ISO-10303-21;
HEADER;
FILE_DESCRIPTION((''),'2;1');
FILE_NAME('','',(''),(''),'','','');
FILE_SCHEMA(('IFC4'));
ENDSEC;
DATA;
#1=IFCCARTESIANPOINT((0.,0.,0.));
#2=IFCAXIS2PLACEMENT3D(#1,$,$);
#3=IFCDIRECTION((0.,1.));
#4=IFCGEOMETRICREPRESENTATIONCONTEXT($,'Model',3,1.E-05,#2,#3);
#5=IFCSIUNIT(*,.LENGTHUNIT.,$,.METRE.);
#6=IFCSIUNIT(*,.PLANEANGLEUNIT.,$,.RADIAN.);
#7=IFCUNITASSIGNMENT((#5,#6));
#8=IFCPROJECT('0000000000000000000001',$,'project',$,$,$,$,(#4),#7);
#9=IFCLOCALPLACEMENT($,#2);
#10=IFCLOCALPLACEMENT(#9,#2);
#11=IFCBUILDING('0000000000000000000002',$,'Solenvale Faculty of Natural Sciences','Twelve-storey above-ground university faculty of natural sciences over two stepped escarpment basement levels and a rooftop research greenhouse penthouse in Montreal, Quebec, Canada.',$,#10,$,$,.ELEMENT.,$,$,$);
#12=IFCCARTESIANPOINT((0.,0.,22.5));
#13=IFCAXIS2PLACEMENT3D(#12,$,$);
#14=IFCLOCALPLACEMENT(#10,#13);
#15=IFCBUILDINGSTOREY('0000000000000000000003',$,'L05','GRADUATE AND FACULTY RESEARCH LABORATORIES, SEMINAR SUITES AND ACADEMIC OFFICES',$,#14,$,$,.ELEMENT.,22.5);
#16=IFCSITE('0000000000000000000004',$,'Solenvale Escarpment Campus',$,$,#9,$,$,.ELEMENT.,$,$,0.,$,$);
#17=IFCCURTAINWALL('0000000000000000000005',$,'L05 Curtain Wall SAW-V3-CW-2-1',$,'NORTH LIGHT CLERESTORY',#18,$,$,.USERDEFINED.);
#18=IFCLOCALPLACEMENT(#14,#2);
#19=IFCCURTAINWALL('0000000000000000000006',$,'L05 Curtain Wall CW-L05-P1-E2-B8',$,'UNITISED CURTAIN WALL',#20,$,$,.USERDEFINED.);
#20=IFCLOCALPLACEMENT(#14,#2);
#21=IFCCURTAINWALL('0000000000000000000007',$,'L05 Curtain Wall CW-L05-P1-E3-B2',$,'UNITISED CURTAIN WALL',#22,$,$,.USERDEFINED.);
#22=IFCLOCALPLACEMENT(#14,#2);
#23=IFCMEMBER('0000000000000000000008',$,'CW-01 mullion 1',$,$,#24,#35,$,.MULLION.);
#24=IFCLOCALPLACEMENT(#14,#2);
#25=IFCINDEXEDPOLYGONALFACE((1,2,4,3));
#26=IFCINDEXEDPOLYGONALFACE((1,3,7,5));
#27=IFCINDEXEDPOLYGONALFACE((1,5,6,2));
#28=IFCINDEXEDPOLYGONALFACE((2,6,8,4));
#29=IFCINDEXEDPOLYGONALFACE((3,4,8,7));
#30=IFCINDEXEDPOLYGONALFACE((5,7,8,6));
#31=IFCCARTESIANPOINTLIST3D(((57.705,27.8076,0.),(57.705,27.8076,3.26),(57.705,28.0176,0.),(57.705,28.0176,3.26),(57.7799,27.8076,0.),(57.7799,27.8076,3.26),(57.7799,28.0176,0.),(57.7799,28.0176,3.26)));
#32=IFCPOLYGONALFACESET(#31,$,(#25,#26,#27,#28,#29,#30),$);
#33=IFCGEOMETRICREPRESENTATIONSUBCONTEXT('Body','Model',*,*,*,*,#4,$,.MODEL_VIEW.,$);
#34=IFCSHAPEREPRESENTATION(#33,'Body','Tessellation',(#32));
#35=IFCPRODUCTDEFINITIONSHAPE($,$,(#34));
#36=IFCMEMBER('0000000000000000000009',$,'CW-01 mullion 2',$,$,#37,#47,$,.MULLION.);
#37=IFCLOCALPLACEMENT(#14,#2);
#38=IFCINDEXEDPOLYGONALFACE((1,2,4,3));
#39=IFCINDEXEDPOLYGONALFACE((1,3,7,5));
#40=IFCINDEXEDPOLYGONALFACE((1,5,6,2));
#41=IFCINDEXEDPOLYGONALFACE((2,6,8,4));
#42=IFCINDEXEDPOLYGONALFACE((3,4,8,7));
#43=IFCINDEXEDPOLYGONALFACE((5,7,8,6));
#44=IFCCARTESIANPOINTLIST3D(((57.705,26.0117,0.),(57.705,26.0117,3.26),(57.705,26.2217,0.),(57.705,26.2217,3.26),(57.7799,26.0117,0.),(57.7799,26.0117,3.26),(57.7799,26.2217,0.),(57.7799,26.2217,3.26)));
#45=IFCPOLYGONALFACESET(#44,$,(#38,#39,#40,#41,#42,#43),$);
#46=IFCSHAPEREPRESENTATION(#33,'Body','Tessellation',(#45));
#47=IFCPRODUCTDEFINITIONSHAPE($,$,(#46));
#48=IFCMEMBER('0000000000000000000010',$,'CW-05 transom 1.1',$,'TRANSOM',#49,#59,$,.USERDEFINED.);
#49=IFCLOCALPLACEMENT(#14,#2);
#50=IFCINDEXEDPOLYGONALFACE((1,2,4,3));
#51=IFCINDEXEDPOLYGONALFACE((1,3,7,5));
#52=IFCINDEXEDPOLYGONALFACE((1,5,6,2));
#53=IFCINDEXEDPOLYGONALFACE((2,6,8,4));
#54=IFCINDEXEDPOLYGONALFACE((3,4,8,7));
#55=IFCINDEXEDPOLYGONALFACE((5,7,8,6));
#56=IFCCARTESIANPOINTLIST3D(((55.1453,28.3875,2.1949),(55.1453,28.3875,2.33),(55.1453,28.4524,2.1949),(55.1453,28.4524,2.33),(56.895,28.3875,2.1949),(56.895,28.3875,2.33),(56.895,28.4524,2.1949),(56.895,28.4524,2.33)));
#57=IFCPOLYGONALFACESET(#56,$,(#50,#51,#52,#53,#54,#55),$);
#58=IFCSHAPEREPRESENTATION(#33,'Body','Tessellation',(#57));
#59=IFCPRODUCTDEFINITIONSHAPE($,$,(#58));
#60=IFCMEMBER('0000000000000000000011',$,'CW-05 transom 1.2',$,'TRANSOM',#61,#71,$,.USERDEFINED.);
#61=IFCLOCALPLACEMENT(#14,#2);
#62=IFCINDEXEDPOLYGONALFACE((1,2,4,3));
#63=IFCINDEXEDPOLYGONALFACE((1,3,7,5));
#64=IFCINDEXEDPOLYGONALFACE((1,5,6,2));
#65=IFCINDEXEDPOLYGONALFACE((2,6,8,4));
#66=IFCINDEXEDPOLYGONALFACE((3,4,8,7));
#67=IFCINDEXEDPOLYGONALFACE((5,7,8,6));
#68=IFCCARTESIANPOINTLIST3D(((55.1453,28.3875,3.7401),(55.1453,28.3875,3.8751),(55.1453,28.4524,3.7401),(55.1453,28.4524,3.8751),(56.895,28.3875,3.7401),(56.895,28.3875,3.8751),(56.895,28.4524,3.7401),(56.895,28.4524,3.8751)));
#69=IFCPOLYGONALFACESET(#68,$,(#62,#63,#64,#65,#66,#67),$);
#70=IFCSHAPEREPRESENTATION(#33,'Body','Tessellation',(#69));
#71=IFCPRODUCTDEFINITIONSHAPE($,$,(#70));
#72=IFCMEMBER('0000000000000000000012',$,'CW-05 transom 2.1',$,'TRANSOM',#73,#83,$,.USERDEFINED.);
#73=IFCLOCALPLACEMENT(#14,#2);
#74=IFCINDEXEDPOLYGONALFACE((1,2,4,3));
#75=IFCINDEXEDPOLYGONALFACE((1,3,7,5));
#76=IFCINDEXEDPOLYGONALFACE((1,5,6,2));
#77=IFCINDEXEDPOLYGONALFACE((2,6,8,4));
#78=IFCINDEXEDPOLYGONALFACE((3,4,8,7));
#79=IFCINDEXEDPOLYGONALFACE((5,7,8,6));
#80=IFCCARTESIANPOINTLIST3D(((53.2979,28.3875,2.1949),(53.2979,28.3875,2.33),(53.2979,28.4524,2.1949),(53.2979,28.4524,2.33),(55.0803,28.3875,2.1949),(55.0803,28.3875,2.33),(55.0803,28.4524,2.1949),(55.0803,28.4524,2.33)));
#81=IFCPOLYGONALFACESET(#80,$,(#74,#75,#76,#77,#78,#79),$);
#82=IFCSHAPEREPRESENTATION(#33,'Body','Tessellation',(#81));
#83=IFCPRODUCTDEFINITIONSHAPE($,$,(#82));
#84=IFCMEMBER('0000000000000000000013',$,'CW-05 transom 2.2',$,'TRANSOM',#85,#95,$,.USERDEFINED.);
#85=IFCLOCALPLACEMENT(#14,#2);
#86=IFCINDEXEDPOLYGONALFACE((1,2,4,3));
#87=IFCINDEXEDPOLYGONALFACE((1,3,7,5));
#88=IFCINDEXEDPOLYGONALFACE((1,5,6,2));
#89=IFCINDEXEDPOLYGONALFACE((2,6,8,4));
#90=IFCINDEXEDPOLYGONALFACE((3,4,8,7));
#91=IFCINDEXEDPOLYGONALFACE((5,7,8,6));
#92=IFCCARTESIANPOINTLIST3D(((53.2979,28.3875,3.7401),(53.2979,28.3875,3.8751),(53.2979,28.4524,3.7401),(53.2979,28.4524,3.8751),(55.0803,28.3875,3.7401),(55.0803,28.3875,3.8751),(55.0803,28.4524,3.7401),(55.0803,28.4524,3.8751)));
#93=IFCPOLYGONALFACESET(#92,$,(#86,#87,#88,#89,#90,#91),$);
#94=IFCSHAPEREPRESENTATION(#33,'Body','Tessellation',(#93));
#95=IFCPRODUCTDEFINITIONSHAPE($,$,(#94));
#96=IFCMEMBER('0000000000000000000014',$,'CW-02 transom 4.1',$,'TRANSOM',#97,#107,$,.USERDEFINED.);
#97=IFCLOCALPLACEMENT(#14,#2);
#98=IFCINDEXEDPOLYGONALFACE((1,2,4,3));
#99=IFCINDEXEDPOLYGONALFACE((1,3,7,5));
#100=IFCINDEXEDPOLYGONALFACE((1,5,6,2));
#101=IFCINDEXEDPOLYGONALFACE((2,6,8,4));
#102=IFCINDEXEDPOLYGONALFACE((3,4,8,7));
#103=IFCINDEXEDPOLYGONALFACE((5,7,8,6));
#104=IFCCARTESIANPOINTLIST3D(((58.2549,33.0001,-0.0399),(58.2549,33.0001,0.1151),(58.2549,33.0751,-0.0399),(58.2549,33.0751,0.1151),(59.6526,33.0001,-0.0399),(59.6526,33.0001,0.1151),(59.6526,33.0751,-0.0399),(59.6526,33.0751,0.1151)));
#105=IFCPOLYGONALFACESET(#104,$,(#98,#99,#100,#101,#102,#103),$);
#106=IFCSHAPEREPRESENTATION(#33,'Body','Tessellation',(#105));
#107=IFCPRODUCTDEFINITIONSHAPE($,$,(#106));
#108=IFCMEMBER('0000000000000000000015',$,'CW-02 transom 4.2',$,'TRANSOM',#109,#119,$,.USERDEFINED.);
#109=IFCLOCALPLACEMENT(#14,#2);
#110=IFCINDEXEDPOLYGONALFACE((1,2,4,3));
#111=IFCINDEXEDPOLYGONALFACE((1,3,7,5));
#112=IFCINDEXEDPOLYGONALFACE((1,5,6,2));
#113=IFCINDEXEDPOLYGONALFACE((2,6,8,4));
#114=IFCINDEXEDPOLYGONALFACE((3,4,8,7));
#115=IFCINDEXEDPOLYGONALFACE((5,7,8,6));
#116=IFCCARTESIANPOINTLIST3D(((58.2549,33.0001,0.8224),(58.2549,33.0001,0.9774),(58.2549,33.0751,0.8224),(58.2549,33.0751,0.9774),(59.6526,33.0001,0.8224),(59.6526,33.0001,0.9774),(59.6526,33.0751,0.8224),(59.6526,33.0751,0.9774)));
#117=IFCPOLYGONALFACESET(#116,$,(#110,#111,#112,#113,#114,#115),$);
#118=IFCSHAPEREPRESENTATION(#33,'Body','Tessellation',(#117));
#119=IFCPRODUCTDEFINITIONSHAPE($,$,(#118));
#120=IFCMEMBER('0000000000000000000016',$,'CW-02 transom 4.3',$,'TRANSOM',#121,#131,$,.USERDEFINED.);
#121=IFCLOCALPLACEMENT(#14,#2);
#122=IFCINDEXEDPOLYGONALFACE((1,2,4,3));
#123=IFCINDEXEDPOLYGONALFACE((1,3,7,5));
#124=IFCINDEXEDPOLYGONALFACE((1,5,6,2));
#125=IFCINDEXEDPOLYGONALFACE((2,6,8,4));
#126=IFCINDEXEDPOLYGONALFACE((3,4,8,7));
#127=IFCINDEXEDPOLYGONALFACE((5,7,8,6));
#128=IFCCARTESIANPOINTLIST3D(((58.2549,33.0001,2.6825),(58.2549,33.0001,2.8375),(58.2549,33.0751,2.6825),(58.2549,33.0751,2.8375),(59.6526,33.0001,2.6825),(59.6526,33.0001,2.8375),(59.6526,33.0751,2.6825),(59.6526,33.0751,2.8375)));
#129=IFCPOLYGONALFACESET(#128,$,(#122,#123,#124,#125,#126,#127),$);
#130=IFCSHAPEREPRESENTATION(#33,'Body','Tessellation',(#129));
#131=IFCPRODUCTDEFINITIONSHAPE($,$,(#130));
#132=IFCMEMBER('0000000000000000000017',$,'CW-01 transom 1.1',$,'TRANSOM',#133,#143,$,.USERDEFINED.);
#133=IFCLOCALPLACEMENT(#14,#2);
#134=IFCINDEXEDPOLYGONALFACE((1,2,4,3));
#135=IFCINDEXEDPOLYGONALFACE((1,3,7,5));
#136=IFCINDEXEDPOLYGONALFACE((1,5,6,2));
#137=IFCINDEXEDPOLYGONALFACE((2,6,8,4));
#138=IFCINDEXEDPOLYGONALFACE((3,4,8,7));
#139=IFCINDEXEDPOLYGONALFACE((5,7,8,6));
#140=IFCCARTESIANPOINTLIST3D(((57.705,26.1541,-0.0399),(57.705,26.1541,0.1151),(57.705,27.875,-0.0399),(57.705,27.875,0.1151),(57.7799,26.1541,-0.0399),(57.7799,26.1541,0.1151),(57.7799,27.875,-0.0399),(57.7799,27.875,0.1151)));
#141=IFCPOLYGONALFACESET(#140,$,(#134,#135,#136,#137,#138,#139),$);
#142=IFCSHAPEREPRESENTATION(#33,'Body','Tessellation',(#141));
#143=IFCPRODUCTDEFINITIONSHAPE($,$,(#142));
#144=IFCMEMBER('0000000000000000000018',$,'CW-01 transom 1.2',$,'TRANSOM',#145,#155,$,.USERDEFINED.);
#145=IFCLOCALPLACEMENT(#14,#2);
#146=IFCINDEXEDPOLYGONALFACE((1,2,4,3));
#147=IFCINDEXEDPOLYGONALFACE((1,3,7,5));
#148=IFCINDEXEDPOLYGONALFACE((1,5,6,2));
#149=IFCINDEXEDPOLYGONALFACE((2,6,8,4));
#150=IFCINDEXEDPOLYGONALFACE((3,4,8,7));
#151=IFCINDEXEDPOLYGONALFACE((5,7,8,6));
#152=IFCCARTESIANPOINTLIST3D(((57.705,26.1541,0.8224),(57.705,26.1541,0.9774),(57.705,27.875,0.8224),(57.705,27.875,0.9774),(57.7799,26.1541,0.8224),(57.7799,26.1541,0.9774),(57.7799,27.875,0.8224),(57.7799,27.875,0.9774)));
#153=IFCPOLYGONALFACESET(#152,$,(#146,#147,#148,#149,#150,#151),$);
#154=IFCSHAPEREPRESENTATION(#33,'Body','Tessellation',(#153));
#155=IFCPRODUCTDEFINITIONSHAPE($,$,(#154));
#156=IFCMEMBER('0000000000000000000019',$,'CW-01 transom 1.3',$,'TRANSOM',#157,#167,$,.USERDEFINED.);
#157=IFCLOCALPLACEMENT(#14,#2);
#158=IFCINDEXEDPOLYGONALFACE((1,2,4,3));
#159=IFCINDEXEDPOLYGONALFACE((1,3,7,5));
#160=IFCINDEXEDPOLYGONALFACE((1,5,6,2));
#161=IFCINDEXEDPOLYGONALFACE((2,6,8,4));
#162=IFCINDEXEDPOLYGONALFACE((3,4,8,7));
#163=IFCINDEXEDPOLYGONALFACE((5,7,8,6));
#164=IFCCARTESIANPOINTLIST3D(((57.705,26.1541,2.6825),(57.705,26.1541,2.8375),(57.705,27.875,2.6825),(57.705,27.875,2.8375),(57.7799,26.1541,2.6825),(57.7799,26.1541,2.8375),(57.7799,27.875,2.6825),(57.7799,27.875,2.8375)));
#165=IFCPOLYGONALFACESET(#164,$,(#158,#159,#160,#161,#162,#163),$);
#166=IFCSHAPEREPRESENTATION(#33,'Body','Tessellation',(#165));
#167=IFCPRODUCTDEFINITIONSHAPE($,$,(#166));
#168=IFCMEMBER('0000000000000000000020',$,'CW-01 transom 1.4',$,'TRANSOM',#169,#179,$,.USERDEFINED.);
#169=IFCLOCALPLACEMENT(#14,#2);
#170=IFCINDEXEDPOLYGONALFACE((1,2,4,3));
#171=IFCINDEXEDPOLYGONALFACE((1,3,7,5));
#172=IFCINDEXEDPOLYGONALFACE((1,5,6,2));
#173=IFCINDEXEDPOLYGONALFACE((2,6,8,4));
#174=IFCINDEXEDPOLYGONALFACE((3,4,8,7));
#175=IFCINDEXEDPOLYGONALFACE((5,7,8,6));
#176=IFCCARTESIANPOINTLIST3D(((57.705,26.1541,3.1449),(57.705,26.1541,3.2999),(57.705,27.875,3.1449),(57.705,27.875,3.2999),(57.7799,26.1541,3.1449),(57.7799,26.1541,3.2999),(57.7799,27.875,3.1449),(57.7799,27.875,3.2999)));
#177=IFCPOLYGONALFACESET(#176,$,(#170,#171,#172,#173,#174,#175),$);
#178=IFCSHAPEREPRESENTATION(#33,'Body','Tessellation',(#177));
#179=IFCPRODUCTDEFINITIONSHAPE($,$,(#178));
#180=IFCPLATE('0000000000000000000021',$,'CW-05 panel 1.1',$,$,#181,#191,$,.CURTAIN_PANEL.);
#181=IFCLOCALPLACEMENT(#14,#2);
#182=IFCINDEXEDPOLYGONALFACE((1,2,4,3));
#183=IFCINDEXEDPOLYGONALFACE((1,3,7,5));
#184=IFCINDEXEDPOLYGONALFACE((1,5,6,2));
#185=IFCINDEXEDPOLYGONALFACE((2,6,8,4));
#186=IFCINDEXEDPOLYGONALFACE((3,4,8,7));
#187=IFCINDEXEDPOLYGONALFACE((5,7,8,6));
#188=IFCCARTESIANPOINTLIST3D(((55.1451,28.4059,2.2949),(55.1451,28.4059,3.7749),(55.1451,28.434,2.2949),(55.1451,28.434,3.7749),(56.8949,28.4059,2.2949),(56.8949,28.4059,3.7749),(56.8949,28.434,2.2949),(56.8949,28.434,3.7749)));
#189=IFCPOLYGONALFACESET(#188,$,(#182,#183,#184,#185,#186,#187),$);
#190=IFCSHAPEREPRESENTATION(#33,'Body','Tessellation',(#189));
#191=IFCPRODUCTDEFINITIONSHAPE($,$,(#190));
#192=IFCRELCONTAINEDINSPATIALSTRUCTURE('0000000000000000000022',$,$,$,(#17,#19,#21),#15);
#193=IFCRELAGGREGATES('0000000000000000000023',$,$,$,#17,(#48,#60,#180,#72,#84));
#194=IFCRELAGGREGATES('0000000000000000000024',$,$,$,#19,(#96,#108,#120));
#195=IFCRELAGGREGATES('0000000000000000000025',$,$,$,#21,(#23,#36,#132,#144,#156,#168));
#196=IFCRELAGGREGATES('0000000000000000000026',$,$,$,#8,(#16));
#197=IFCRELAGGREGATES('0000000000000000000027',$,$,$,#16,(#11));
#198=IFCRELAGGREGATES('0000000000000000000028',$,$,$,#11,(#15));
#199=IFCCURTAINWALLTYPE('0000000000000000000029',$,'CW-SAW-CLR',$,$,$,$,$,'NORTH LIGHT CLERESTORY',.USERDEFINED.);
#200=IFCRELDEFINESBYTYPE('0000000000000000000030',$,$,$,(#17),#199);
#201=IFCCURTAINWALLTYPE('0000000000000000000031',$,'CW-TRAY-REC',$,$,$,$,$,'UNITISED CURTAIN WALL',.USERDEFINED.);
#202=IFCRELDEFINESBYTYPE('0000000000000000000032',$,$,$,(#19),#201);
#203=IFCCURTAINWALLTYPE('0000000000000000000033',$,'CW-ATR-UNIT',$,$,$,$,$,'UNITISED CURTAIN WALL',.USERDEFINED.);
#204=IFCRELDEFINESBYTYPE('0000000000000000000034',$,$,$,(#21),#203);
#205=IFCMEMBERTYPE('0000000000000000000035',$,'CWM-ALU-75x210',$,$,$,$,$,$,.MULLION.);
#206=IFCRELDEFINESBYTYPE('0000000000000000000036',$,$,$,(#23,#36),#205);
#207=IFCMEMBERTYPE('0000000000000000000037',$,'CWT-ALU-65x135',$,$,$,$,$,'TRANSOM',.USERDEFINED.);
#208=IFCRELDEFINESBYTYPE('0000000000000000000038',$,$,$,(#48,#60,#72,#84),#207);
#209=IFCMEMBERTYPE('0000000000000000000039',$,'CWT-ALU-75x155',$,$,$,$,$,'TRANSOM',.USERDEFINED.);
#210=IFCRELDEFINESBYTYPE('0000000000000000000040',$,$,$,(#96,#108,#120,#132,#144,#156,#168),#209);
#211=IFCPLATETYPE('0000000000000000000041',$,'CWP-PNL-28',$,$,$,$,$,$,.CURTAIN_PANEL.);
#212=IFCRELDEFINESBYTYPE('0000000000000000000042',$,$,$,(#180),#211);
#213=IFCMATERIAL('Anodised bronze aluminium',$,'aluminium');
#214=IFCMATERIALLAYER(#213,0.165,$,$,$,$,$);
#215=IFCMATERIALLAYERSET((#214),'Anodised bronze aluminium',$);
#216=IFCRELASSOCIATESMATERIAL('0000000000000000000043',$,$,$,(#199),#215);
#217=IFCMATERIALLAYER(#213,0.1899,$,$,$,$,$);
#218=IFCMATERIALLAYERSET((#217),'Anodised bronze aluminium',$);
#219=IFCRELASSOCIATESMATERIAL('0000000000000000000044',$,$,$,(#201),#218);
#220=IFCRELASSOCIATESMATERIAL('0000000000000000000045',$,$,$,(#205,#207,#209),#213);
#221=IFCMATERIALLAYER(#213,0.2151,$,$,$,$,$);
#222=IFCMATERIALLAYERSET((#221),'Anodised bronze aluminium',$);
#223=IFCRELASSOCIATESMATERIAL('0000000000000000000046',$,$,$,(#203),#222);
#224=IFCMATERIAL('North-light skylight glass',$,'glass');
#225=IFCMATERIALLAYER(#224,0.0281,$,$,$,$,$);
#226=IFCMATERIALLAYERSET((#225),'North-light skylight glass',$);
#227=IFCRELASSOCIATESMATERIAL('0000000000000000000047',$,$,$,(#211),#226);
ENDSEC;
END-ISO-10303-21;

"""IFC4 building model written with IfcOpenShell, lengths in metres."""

from ifc_helpers import new_model, si_unit, direction, frame, origin, origin_2d, place, context, subcontext, project, spatial, rectangle, extrude, material, layer, layer_set, material_profile, profile_set, type_object, element, aggregate, save


model = new_model("IFC4")

# Units and contexts
model_context = context("Model", 3, precision=1e-05, world=origin(), true_north=direction((0.0, 1.0)))
body_context = subcontext(model_context, "Body", "Model", "MODEL_VIEW")
ifc_project = project(units=[si_unit("LENGTHUNIT", "METRE"), si_unit("PLANEANGLEUNIT", "RADIAN")], contexts=[model_context])

# Site, building, storey
site_placement = place(None, origin())
site = spatial("IfcSite", under=ifc_project, at=site_placement, Name="Solenvale Escarpment Campus", CompositionType="ELEMENT", RefElevation=0.0)
building_placement = place(site_placement, origin())
building = spatial("IfcBuilding", under=site, at=building_placement, Name="Solenvale Faculty of Natural Sciences", Description="Twelve-storey above-ground university faculty of natural sciences over two stepped escarpment basement levels and a rooftop research greenhouse penthouse in Montreal, Quebec, Canada.", CompositionType="ELEMENT")
storey_placement = place(building_placement, frame((0.0, 0.0, 22.5)))
storey = spatial("IfcBuildingStorey", under=building, at=storey_placement, Name="L05", Description="GRADUATE AND FACULTY RESEARCH LABORATORIES, SEMINAR SUITES AND ACADEMIC OFFICES", CompositionType="ELEMENT", Elevation=22.5)

# Curtain wall
ifc_material_1 = material(Name="Anodised bronze aluminium", Category="aluminium")
ifc_layer_1 = layer(ifc_material_1, 0.165)
ifc_layer_set_1 = layer_set([ifc_layer_1], Name="Anodised bronze aluminium")
curtain_wall_type_1 = type_object("IfcCurtainWallType", Name="CW-SAW-CLR", ElementType="NORTH LIGHT CLERESTORY", PredefinedType="USERDEFINED", material=ifc_layer_set_1)
curtain_wall_1_placement = place(storey_placement, origin())
curtain_wall_1 = element("IfcCurtainWall", 1, at=curtain_wall_1_placement, inside=storey, type_object=curtain_wall_type_1, Name="L05 Curtain Wall SAW-V3-CW-2-1", ObjectType="NORTH LIGHT CLERESTORY", PredefinedType="USERDEFINED")

# Curtain wall
ifc_layer_2 = layer(ifc_material_1, 0.1899)
ifc_layer_set_2 = layer_set([ifc_layer_2], Name="Anodised bronze aluminium")
curtain_wall_type_2 = type_object("IfcCurtainWallType", Name="CW-TRAY-REC", ElementType="UNITISED CURTAIN WALL", PredefinedType="USERDEFINED", material=ifc_layer_set_2)
curtain_wall_2_placement = place(storey_placement, origin())
curtain_wall_2 = element("IfcCurtainWall", 2, at=curtain_wall_2_placement, inside=storey, type_object=curtain_wall_type_2, Name="L05 Curtain Wall CW-L05-P1-E2-B8", ObjectType="UNITISED CURTAIN WALL", PredefinedType="USERDEFINED")
ifc_material_profile_1 = material_profile(ifc_material_1, rectangle(XDim=0.075, YDim=0.21, at=origin_2d()), Name="ALU-MUL-75x210")
ifc_profile_set_1 = profile_set([ifc_material_profile_1], Name="Anodised bronze aluminium")
member_type_1 = type_object("IfcMemberType", Name="CWM-ALU-75x210", PredefinedType="MULLION", material=ifc_profile_set_1)

# Curtain wall, members
ifc_layer_3 = layer(ifc_material_1, 0.2151)
ifc_layer_set_3 = layer_set([ifc_layer_3], Name="Anodised bronze aluminium")
curtain_wall_type_3 = type_object("IfcCurtainWallType", Name="CW-ATR-UNIT", ElementType="UNITISED CURTAIN WALL", PredefinedType="USERDEFINED", material=ifc_layer_set_3)
curtain_wall_3_placement = place(storey_placement, origin())
curtain_wall_3 = element("IfcCurtainWall", 3, at=curtain_wall_3_placement, inside=storey, type_object=curtain_wall_type_3, Name="L05 Curtain Wall CW-L05-P1-E3-B2", ObjectType="UNITISED CURTAIN WALL", PredefinedType="USERDEFINED")
member_1_placement = place(storey_placement, frame((57.7424, 27.9126, 0.0), z_axis=(0.0, 0.0, 1.0), x_axis=(1.0, 0.0, 0.0)))
member_1 = element("IfcMember", 4, at=member_1_placement, type_object=member_type_1, Name="CW-01 mullion 1", PredefinedType="MULLION", context=body_context, shape_type="SweptSolid", body=[
    extrude(rectangle(XDim=0.075, YDim=0.21, at=origin_2d()), origin(), (0.0, 0.0, 1.0), 3.26),
])
member_2_placement = place(storey_placement, frame((57.7424, 26.1167, 0.0), z_axis=(0.0, 0.0, 1.0), x_axis=(1.0, 0.0, 0.0)))
member_2 = element("IfcMember", 5, at=member_2_placement, type_object=member_type_1, Name="CW-01 mullion 2", PredefinedType="MULLION", context=body_context, shape_type="SweptSolid", body=[
    extrude(rectangle(XDim=0.075, YDim=0.21, at=origin_2d()), origin(), (0.0, 0.0, 1.0), 3.26),
])

# Members
ifc_material_profile_2 = material_profile(ifc_material_1, rectangle(XDim=0.0649, YDim=0.135, at=origin_2d()), Name="ALU-TRN-65x135")
ifc_profile_set_2 = profile_set([ifc_material_profile_2], Name="Anodised bronze aluminium")
member_type_2 = type_object("IfcMemberType", Name="CWT-ALU-65x135", ElementType="TRANSOM", PredefinedType="USERDEFINED", material=ifc_profile_set_2)
member_3_placement = place(storey_placement, frame((56.895, 28.4199, 2.2625), z_axis=(-1.0, 0.0, 0.0), x_axis=(0.0, -1.0, 0.0)))
member_3 = element("IfcMember", 6, at=member_3_placement, type_object=member_type_2, Name="CW-05 transom 1.1", ObjectType="TRANSOM", PredefinedType="USERDEFINED", context=body_context, shape_type="SweptSolid", body=[
    extrude(rectangle(XDim=0.0649, YDim=0.135, at=origin_2d()), origin(), (0.0, 0.0, 1.0), 1.7498),
])
member_4_placement = place(storey_placement, frame((56.895, 28.4199, 3.8076), z_axis=(-1.0, 0.0, 0.0), x_axis=(0.0, -1.0, 0.0)))
member_4 = element("IfcMember", 7, at=member_4_placement, type_object=member_type_2, Name="CW-05 transom 1.2", ObjectType="TRANSOM", PredefinedType="USERDEFINED", context=body_context, shape_type="SweptSolid", body=[
    extrude(rectangle(XDim=0.0649, YDim=0.135, at=origin_2d()), origin(), (0.0, 0.0, 1.0), 1.7498),
])
member_5_placement = place(storey_placement, frame((55.0803, 28.4199, 2.2625), z_axis=(-1.0, 0.0, 0.0), x_axis=(0.0, -1.0, 0.0)))
member_5 = element("IfcMember", 8, at=member_5_placement, type_object=member_type_2, Name="CW-05 transom 2.1", ObjectType="TRANSOM", PredefinedType="USERDEFINED", context=body_context, shape_type="SweptSolid", body=[
    extrude(rectangle(XDim=0.0649, YDim=0.135, at=origin_2d()), origin(), (0.0, 0.0, 1.0), 1.7825),
])
member_6_placement = place(storey_placement, frame((55.0803, 28.4199, 3.8076), z_axis=(-1.0, 0.0, 0.0), x_axis=(0.0, -1.0, 0.0)))
member_6 = element("IfcMember", 9, at=member_6_placement, type_object=member_type_2, Name="CW-05 transom 2.2", ObjectType="TRANSOM", PredefinedType="USERDEFINED", context=body_context, shape_type="SweptSolid", body=[
    extrude(rectangle(XDim=0.0649, YDim=0.135, at=origin_2d()), origin(), (0.0, 0.0, 1.0), 1.7825),
])
ifc_material_profile_3 = material_profile(ifc_material_1, rectangle(XDim=0.075, YDim=0.155, at=origin_2d()), Name="ALU-TRN-75x155")
ifc_profile_set_3 = profile_set([ifc_material_profile_3], Name="Anodised bronze aluminium")
member_type_3 = type_object("IfcMemberType", Name="CWT-ALU-75x155", ElementType="TRANSOM", PredefinedType="USERDEFINED", material=ifc_profile_set_3)
member_7_placement = place(storey_placement, frame((59.6526, 33.0376, 0.0376), z_axis=(-1.0, 0.0, 0.0), x_axis=(0.0, -1.0, 0.0)))
member_7 = element("IfcMember", 10, at=member_7_placement, type_object=member_type_3, Name="CW-02 transom 4.1", ObjectType="TRANSOM", PredefinedType="USERDEFINED", context=body_context, shape_type="SweptSolid", body=[
    extrude(rectangle(XDim=0.075, YDim=0.155, at=origin_2d()), origin(), (0.0, 0.0, 1.0), 1.3977),
])
member_8_placement = place(storey_placement, frame((59.6526, 33.0376, 0.8999), z_axis=(-1.0, 0.0, 0.0), x_axis=(0.0, -1.0, 0.0)))
member_8 = element("IfcMember", 11, at=member_8_placement, type_object=member_type_3, Name="CW-02 transom 4.2", ObjectType="TRANSOM", PredefinedType="USERDEFINED", context=body_context, shape_type="SweptSolid", body=[
    extrude(rectangle(XDim=0.075, YDim=0.155, at=origin_2d()), origin(), (0.0, 0.0, 1.0), 1.3977),
])
member_9_placement = place(storey_placement, frame((59.6526, 33.0376, 2.76), z_axis=(-1.0, 0.0, 0.0), x_axis=(0.0, -1.0, 0.0)))
member_9 = element("IfcMember", 12, at=member_9_placement, type_object=member_type_3, Name="CW-02 transom 4.3", ObjectType="TRANSOM", PredefinedType="USERDEFINED", context=body_context, shape_type="SweptSolid", body=[
    extrude(rectangle(XDim=0.075, YDim=0.155, at=origin_2d()), origin(), (0.0, 0.0, 1.0), 1.3977),
])
member_10_placement = place(storey_placement, frame((57.7424, 27.875, 0.0376), z_axis=(0.0, -1.0, 0.0), x_axis=(1.0, 0.0, 0.0)))
member_10 = element("IfcMember", 13, at=member_10_placement, type_object=member_type_3, Name="CW-01 transom 1.1", ObjectType="TRANSOM", PredefinedType="USERDEFINED", context=body_context, shape_type="SweptSolid", body=[
    extrude(rectangle(XDim=0.075, YDim=0.155, at=origin_2d()), origin(), (0.0, 0.0, 1.0), 1.7209),
])
member_11_placement = place(storey_placement, frame((57.7424, 27.875, 0.8999), z_axis=(0.0, -1.0, 0.0), x_axis=(1.0, 0.0, 0.0)))
member_11 = element("IfcMember", 14, at=member_11_placement, type_object=member_type_3, Name="CW-01 transom 1.2", ObjectType="TRANSOM", PredefinedType="USERDEFINED", context=body_context, shape_type="SweptSolid", body=[
    extrude(rectangle(XDim=0.075, YDim=0.155, at=origin_2d()), origin(), (0.0, 0.0, 1.0), 1.7209),
])
member_12_placement = place(storey_placement, frame((57.7424, 27.875, 2.76), z_axis=(0.0, -1.0, 0.0), x_axis=(1.0, 0.0, 0.0)))
member_12 = element("IfcMember", 15, at=member_12_placement, type_object=member_type_3, Name="CW-01 transom 1.3", ObjectType="TRANSOM", PredefinedType="USERDEFINED", context=body_context, shape_type="SweptSolid", body=[
    extrude(rectangle(XDim=0.075, YDim=0.155, at=origin_2d()), origin(), (0.0, 0.0, 1.0), 1.7209),
])
member_13_placement = place(storey_placement, frame((57.7424, 27.875, 3.2224), z_axis=(0.0, -1.0, 0.0), x_axis=(1.0, 0.0, 0.0)))
member_13 = element("IfcMember", 16, at=member_13_placement, type_object=member_type_3, Name="CW-01 transom 1.4", ObjectType="TRANSOM", PredefinedType="USERDEFINED", context=body_context, shape_type="SweptSolid", body=[
    extrude(rectangle(XDim=0.075, YDim=0.155, at=origin_2d()), origin(), (0.0, 0.0, 1.0), 1.7209),
])

# Plate
ifc_material_2 = material(Name="North-light skylight glass", Category="glass")
ifc_layer_4 = layer(ifc_material_2, 0.0281)
ifc_layer_set_4 = layer_set([ifc_layer_4], Name="North-light skylight glass")
plate_type_1 = type_object("IfcPlateType", Name="CWP-PNL-28", PredefinedType="CURTAIN_PANEL", material=ifc_layer_set_4)
plate_1_placement = place(storey_placement, frame((56.02, 28.4199, 2.2949), z_axis=(0.0, 0.0, 1.0), x_axis=(-1.0, 0.0, 0.0)))
plate_1 = element("IfcPlate", 17, at=plate_1_placement, type_object=plate_type_1, Name="CW-05 panel 1.1", PredefinedType="CURTAIN_PANEL", context=body_context, shape_type="SweptSolid", body=[
    extrude(rectangle(XDim=1.7498, YDim=0.0281, at=origin_2d()), origin(), (0.0, 0.0, 1.0), 1.48),
])
aggregate(curtain_wall_1, [member_3, member_4, plate_1, member_5, member_6])
aggregate(curtain_wall_2, [member_7, member_8, member_9])
aggregate(curtain_wall_3, [member_1, member_2, member_10, member_11, member_12, member_13])

save(model, "model.ifc")
